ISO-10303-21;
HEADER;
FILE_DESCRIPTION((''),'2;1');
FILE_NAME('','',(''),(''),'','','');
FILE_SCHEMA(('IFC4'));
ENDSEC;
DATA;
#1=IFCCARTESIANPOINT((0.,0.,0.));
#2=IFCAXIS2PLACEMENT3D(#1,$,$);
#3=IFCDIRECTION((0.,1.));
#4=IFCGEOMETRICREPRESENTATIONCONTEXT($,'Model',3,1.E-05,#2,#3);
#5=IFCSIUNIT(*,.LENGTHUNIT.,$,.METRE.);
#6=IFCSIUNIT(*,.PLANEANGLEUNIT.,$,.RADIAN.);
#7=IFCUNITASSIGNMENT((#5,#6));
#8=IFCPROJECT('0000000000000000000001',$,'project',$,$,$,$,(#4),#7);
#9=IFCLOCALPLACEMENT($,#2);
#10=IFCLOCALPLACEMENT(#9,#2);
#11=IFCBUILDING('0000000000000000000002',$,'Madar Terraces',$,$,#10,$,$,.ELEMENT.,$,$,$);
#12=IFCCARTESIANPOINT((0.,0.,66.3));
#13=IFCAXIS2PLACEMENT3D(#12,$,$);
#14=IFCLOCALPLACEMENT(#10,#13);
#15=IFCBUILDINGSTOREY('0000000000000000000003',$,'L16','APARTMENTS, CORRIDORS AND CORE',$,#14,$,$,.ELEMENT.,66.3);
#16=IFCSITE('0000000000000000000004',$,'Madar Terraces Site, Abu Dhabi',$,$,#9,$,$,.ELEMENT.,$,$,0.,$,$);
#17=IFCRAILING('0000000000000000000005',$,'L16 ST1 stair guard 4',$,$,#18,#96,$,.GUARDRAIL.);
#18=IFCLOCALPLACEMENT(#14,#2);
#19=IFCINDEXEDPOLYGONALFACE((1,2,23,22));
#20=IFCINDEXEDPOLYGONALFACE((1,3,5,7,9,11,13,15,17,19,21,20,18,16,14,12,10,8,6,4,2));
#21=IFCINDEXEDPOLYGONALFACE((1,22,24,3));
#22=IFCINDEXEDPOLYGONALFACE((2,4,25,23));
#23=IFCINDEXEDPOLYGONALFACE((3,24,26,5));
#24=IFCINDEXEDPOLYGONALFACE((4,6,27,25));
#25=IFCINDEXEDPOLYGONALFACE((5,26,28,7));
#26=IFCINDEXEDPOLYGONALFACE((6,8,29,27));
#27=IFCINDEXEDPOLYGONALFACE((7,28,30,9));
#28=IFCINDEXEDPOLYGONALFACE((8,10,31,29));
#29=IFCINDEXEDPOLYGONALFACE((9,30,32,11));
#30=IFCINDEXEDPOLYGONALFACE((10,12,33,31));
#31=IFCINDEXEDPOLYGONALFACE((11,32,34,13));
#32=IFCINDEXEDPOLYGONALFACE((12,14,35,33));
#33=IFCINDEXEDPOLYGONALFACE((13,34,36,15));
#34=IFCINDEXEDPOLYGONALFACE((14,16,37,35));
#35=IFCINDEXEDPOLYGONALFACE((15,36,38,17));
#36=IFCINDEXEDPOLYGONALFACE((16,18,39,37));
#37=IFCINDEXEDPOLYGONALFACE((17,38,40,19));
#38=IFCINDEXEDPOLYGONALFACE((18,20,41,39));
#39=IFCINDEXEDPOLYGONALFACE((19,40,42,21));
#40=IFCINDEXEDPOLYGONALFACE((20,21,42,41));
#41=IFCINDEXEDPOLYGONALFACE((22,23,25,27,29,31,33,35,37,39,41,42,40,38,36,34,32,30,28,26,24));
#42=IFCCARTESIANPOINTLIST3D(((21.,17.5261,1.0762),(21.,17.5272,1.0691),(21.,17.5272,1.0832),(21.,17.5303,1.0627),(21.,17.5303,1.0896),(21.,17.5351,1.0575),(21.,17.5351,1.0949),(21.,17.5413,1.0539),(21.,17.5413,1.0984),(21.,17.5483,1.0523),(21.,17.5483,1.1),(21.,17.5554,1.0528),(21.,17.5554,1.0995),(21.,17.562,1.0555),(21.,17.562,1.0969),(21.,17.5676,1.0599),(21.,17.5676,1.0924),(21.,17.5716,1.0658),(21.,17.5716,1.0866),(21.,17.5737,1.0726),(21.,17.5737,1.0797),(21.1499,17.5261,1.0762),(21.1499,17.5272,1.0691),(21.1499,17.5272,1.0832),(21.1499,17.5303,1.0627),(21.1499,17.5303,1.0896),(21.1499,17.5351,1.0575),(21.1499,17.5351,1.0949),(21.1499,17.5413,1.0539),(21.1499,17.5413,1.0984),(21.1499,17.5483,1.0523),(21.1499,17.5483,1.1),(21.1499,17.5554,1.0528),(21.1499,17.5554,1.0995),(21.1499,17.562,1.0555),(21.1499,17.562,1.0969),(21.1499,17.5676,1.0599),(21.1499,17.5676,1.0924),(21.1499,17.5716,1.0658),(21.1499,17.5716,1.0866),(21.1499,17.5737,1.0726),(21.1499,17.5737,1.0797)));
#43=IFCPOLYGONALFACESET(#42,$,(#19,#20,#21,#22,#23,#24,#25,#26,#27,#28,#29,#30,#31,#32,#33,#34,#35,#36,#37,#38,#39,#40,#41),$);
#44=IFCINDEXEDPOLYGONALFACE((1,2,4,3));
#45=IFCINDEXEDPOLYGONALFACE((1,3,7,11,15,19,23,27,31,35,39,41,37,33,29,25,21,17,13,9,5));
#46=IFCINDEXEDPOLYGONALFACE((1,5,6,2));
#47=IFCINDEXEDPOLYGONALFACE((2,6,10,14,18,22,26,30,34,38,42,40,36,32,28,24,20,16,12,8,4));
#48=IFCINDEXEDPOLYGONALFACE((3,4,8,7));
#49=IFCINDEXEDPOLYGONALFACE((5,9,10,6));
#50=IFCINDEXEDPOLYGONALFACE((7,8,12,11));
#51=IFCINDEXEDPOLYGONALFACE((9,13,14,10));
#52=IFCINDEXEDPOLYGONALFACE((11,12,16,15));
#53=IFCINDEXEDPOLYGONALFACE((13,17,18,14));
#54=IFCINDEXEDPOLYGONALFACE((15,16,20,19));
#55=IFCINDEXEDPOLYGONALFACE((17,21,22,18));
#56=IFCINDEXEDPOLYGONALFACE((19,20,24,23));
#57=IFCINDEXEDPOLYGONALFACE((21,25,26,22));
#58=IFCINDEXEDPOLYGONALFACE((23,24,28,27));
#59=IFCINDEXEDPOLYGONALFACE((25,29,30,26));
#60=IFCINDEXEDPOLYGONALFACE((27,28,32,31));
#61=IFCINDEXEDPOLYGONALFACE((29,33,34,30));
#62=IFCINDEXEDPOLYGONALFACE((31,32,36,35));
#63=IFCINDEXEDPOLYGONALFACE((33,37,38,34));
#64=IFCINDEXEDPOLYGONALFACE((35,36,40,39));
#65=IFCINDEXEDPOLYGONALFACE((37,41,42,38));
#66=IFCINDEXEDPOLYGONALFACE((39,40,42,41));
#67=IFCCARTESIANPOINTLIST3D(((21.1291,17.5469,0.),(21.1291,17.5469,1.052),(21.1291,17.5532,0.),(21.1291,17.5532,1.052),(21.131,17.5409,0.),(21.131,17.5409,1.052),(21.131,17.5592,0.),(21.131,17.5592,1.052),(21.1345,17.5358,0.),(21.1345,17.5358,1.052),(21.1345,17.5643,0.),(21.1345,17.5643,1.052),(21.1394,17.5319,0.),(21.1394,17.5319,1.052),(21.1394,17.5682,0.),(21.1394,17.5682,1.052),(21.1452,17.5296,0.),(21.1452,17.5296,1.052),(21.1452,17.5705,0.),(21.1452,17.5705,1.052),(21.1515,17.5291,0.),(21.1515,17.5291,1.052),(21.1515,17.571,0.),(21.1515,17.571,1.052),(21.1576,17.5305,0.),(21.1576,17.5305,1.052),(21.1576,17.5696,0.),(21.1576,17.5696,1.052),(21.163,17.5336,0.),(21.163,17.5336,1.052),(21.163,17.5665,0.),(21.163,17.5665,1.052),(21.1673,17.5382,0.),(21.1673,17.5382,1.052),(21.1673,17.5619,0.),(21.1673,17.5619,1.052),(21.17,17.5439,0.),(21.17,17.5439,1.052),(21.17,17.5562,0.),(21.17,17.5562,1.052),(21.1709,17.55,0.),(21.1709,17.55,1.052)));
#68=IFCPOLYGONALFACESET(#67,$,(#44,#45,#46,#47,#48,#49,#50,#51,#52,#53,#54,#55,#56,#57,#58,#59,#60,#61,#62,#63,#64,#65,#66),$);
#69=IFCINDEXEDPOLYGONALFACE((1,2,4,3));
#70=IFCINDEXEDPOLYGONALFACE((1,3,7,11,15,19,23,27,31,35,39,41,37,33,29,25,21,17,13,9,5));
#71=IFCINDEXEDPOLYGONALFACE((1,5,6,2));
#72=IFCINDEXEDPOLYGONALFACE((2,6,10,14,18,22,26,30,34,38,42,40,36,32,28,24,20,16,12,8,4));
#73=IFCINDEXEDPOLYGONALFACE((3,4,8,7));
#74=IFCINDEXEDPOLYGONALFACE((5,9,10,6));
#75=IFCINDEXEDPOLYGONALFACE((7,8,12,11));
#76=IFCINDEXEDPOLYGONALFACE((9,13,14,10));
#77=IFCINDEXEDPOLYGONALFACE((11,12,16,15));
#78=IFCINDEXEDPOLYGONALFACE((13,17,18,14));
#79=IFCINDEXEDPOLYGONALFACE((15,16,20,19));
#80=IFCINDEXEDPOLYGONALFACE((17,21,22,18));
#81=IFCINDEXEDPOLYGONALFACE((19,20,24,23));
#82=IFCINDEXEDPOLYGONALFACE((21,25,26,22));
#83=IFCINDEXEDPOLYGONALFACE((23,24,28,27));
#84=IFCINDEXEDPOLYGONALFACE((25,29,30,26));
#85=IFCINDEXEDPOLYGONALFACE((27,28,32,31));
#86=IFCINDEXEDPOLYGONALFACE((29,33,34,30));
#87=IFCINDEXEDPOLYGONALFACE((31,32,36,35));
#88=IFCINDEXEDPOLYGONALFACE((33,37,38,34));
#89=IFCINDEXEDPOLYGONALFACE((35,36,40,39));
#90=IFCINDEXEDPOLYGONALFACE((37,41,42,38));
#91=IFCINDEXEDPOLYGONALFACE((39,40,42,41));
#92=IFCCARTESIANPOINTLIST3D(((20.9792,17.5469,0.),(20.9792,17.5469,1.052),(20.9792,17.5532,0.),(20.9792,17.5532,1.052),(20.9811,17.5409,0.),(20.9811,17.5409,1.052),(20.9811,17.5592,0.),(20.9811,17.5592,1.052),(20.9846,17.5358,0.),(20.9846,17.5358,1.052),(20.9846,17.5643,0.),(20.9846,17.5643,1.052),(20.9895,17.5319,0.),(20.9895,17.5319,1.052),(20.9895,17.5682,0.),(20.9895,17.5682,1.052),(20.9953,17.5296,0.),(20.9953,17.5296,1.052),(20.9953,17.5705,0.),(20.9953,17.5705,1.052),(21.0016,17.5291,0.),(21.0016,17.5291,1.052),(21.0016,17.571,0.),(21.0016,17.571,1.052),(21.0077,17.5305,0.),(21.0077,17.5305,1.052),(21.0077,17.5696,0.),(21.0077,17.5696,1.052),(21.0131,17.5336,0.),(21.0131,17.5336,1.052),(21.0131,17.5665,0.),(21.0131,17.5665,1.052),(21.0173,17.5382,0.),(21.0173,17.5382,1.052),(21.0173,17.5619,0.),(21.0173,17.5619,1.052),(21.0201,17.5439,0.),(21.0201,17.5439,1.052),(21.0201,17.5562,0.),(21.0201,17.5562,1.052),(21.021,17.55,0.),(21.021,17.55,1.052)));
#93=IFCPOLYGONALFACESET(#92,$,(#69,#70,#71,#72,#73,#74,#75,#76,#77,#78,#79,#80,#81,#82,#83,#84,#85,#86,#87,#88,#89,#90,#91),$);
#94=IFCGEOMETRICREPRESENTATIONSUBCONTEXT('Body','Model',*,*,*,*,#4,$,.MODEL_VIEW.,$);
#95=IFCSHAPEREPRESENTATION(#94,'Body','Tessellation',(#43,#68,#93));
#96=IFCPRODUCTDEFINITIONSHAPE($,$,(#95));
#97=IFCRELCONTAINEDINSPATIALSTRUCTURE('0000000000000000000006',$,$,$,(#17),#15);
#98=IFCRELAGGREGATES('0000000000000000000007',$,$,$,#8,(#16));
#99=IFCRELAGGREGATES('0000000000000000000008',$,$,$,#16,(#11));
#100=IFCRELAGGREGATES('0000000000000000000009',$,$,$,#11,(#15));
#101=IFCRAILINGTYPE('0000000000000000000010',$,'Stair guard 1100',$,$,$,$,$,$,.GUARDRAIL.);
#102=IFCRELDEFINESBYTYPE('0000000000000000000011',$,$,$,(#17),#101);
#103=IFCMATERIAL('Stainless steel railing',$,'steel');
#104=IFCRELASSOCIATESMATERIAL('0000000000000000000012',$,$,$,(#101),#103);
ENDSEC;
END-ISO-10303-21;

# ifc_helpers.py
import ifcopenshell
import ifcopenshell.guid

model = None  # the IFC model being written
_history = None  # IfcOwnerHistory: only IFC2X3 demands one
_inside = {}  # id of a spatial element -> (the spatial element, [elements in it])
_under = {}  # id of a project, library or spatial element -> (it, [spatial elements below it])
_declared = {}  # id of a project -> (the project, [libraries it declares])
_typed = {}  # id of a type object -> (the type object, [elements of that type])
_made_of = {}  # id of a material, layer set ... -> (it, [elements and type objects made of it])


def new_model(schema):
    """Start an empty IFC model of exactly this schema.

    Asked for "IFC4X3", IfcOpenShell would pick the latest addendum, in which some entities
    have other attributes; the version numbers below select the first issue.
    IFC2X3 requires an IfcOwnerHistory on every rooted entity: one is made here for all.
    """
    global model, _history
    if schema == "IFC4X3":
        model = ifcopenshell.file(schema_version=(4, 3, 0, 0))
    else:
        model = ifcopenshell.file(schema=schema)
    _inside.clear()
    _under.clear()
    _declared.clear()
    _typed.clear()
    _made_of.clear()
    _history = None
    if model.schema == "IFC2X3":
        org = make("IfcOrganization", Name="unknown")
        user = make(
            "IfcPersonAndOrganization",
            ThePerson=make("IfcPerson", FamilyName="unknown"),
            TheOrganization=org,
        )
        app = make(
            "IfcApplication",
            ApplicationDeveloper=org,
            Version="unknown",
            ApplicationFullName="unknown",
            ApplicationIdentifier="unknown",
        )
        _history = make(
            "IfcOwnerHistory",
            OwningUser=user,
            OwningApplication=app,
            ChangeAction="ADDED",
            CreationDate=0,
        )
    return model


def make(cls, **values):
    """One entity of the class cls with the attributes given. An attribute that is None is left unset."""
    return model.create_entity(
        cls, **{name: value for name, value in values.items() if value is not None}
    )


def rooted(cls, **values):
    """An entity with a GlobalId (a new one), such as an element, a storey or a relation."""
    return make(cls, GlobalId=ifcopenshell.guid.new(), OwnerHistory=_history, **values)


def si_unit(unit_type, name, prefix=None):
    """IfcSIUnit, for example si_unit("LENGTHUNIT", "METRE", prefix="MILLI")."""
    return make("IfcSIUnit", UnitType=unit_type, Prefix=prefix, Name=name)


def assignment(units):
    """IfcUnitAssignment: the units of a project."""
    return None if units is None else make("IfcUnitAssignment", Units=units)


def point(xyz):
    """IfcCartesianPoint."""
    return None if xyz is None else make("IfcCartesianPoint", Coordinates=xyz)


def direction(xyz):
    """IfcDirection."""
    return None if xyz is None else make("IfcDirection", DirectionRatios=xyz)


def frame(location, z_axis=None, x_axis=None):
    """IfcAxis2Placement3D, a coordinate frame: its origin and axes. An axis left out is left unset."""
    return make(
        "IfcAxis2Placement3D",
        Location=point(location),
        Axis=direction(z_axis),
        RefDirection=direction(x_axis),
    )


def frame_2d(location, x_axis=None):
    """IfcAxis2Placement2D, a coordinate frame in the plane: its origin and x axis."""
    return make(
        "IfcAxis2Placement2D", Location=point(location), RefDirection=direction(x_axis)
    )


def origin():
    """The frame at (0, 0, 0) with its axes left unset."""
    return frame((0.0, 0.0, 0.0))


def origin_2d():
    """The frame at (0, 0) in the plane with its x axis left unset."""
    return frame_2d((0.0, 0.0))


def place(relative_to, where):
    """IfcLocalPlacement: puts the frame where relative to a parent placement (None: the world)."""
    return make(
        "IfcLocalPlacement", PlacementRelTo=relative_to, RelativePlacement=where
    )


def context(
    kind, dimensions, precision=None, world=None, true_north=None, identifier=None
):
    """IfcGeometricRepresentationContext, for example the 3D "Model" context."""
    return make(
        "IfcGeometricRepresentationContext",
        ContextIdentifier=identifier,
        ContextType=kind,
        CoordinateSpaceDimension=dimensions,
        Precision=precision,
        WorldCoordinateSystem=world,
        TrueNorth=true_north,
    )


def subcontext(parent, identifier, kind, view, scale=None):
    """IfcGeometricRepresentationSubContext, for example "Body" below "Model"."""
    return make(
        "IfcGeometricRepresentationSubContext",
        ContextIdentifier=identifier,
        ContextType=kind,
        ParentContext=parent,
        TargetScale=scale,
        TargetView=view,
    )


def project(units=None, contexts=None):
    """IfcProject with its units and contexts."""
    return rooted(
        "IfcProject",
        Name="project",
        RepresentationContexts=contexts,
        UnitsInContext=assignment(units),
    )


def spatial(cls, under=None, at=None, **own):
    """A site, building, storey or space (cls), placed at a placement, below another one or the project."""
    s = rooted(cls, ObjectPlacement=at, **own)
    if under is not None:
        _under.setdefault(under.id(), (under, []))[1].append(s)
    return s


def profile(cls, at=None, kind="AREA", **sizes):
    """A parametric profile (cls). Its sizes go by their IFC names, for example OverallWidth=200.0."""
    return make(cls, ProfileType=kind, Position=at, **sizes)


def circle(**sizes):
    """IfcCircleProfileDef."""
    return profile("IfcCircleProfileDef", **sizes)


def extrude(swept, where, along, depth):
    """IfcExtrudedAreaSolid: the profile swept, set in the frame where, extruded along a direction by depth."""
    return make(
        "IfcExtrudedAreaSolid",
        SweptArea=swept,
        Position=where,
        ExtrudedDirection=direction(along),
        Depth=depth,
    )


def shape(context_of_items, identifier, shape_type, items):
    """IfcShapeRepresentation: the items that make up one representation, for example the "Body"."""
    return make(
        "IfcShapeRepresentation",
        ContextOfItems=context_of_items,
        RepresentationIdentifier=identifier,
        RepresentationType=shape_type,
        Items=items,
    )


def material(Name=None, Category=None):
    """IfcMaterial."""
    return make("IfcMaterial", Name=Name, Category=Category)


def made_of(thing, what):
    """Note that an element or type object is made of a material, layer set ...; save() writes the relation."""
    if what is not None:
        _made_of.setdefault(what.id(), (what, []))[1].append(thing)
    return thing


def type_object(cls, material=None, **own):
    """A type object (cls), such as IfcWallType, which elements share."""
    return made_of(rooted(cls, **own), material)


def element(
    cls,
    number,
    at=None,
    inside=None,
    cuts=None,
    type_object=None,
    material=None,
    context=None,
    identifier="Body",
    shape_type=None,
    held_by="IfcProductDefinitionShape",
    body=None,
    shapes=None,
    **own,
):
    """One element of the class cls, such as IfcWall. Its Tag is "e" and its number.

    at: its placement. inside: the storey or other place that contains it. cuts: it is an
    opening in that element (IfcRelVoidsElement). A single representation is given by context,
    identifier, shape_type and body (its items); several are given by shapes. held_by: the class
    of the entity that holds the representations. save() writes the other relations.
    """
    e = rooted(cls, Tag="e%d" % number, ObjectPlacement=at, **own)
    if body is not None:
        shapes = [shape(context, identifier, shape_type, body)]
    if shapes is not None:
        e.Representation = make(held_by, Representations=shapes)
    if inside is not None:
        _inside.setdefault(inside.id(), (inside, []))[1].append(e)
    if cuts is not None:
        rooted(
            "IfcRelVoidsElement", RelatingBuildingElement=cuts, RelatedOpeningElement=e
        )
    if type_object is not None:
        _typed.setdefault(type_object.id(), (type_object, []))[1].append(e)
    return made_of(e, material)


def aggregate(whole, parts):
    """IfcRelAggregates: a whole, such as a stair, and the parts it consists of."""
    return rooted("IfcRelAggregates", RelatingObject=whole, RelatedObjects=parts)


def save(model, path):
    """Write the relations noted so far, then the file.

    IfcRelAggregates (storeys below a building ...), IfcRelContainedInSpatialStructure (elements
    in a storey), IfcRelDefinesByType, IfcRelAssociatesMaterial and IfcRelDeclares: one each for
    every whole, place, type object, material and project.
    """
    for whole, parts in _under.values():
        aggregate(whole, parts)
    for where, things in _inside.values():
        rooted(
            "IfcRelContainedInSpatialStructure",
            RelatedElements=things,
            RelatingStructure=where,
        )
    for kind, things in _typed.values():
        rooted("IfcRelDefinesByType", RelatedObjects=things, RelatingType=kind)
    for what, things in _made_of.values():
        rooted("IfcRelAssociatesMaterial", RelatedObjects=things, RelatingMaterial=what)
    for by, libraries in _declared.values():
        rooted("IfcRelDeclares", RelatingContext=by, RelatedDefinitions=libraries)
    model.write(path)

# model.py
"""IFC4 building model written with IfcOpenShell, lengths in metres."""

from ifc_helpers import new_model, si_unit, direction, frame, origin, origin_2d, place, context, subcontext, project, spatial, circle, extrude, material, type_object, element, save


model = new_model("IFC4")

# Units and contexts
model_context = context("Model", 3, precision=1e-05, world=origin(), true_north=direction((0.0, 1.0)))
body_context = subcontext(model_context, "Body", "Model", "MODEL_VIEW")
ifc_project = project(units=[si_unit("LENGTHUNIT", "METRE"), si_unit("PLANEANGLEUNIT", "RADIAN")], contexts=[model_context])

# Site, building, storey
site_placement = place(None, origin())
site = spatial("IfcSite", under=ifc_project, at=site_placement, Name="Madar Terraces Site, Abu Dhabi", CompositionType="ELEMENT", RefElevation=0.0)
building_placement = place(site_placement, origin())
building = spatial("IfcBuilding", under=site, at=building_placement, Name="Madar Terraces", CompositionType="ELEMENT")
storey_placement = place(building_placement, frame((0.0, 0.0, 66.3)))
storey = spatial("IfcBuildingStorey", under=building, at=storey_placement, Name="L16", Description="APARTMENTS, CORRIDORS AND CORE", CompositionType="ELEMENT", Elevation=66.3)

# Railing
ifc_material_1 = material(Name="Stainless steel railing", Category="steel")
railing_type_1 = type_object("IfcRailingType", Name="Stair guard 1100", PredefinedType="GUARDRAIL", material=ifc_material_1)
railing_1_placement = place(storey_placement, frame((21.1499, 17.55, 0.0)))
element("IfcRailing", 1, at=railing_1_placement, inside=storey, type_object=railing_type_1, Name="L16 ST1 stair guard 4", PredefinedType="GUARDRAIL", context=body_context, shape_type="SweptSolid", body=[
    extrude(circle(Radius=0.0239, at=origin_2d()), frame((0.0, 0.0, 1.0762), z_axis=(-1.0, 0.0, 0.0), x_axis=(0.0, -1.0, 0.0)), (0.0, 0.0, 1.0), 0.1499),
    extrude(circle(Radius=0.021, at=origin_2d()), origin(), (0.0, 0.0, 1.0), 1.052),
    extrude(circle(Radius=0.021, at=origin_2d()), frame((-0.1499, 0.0, 0.0)), (0.0, 0.0, 1.0), 1.052),
])

save(model, "model.ifc")
